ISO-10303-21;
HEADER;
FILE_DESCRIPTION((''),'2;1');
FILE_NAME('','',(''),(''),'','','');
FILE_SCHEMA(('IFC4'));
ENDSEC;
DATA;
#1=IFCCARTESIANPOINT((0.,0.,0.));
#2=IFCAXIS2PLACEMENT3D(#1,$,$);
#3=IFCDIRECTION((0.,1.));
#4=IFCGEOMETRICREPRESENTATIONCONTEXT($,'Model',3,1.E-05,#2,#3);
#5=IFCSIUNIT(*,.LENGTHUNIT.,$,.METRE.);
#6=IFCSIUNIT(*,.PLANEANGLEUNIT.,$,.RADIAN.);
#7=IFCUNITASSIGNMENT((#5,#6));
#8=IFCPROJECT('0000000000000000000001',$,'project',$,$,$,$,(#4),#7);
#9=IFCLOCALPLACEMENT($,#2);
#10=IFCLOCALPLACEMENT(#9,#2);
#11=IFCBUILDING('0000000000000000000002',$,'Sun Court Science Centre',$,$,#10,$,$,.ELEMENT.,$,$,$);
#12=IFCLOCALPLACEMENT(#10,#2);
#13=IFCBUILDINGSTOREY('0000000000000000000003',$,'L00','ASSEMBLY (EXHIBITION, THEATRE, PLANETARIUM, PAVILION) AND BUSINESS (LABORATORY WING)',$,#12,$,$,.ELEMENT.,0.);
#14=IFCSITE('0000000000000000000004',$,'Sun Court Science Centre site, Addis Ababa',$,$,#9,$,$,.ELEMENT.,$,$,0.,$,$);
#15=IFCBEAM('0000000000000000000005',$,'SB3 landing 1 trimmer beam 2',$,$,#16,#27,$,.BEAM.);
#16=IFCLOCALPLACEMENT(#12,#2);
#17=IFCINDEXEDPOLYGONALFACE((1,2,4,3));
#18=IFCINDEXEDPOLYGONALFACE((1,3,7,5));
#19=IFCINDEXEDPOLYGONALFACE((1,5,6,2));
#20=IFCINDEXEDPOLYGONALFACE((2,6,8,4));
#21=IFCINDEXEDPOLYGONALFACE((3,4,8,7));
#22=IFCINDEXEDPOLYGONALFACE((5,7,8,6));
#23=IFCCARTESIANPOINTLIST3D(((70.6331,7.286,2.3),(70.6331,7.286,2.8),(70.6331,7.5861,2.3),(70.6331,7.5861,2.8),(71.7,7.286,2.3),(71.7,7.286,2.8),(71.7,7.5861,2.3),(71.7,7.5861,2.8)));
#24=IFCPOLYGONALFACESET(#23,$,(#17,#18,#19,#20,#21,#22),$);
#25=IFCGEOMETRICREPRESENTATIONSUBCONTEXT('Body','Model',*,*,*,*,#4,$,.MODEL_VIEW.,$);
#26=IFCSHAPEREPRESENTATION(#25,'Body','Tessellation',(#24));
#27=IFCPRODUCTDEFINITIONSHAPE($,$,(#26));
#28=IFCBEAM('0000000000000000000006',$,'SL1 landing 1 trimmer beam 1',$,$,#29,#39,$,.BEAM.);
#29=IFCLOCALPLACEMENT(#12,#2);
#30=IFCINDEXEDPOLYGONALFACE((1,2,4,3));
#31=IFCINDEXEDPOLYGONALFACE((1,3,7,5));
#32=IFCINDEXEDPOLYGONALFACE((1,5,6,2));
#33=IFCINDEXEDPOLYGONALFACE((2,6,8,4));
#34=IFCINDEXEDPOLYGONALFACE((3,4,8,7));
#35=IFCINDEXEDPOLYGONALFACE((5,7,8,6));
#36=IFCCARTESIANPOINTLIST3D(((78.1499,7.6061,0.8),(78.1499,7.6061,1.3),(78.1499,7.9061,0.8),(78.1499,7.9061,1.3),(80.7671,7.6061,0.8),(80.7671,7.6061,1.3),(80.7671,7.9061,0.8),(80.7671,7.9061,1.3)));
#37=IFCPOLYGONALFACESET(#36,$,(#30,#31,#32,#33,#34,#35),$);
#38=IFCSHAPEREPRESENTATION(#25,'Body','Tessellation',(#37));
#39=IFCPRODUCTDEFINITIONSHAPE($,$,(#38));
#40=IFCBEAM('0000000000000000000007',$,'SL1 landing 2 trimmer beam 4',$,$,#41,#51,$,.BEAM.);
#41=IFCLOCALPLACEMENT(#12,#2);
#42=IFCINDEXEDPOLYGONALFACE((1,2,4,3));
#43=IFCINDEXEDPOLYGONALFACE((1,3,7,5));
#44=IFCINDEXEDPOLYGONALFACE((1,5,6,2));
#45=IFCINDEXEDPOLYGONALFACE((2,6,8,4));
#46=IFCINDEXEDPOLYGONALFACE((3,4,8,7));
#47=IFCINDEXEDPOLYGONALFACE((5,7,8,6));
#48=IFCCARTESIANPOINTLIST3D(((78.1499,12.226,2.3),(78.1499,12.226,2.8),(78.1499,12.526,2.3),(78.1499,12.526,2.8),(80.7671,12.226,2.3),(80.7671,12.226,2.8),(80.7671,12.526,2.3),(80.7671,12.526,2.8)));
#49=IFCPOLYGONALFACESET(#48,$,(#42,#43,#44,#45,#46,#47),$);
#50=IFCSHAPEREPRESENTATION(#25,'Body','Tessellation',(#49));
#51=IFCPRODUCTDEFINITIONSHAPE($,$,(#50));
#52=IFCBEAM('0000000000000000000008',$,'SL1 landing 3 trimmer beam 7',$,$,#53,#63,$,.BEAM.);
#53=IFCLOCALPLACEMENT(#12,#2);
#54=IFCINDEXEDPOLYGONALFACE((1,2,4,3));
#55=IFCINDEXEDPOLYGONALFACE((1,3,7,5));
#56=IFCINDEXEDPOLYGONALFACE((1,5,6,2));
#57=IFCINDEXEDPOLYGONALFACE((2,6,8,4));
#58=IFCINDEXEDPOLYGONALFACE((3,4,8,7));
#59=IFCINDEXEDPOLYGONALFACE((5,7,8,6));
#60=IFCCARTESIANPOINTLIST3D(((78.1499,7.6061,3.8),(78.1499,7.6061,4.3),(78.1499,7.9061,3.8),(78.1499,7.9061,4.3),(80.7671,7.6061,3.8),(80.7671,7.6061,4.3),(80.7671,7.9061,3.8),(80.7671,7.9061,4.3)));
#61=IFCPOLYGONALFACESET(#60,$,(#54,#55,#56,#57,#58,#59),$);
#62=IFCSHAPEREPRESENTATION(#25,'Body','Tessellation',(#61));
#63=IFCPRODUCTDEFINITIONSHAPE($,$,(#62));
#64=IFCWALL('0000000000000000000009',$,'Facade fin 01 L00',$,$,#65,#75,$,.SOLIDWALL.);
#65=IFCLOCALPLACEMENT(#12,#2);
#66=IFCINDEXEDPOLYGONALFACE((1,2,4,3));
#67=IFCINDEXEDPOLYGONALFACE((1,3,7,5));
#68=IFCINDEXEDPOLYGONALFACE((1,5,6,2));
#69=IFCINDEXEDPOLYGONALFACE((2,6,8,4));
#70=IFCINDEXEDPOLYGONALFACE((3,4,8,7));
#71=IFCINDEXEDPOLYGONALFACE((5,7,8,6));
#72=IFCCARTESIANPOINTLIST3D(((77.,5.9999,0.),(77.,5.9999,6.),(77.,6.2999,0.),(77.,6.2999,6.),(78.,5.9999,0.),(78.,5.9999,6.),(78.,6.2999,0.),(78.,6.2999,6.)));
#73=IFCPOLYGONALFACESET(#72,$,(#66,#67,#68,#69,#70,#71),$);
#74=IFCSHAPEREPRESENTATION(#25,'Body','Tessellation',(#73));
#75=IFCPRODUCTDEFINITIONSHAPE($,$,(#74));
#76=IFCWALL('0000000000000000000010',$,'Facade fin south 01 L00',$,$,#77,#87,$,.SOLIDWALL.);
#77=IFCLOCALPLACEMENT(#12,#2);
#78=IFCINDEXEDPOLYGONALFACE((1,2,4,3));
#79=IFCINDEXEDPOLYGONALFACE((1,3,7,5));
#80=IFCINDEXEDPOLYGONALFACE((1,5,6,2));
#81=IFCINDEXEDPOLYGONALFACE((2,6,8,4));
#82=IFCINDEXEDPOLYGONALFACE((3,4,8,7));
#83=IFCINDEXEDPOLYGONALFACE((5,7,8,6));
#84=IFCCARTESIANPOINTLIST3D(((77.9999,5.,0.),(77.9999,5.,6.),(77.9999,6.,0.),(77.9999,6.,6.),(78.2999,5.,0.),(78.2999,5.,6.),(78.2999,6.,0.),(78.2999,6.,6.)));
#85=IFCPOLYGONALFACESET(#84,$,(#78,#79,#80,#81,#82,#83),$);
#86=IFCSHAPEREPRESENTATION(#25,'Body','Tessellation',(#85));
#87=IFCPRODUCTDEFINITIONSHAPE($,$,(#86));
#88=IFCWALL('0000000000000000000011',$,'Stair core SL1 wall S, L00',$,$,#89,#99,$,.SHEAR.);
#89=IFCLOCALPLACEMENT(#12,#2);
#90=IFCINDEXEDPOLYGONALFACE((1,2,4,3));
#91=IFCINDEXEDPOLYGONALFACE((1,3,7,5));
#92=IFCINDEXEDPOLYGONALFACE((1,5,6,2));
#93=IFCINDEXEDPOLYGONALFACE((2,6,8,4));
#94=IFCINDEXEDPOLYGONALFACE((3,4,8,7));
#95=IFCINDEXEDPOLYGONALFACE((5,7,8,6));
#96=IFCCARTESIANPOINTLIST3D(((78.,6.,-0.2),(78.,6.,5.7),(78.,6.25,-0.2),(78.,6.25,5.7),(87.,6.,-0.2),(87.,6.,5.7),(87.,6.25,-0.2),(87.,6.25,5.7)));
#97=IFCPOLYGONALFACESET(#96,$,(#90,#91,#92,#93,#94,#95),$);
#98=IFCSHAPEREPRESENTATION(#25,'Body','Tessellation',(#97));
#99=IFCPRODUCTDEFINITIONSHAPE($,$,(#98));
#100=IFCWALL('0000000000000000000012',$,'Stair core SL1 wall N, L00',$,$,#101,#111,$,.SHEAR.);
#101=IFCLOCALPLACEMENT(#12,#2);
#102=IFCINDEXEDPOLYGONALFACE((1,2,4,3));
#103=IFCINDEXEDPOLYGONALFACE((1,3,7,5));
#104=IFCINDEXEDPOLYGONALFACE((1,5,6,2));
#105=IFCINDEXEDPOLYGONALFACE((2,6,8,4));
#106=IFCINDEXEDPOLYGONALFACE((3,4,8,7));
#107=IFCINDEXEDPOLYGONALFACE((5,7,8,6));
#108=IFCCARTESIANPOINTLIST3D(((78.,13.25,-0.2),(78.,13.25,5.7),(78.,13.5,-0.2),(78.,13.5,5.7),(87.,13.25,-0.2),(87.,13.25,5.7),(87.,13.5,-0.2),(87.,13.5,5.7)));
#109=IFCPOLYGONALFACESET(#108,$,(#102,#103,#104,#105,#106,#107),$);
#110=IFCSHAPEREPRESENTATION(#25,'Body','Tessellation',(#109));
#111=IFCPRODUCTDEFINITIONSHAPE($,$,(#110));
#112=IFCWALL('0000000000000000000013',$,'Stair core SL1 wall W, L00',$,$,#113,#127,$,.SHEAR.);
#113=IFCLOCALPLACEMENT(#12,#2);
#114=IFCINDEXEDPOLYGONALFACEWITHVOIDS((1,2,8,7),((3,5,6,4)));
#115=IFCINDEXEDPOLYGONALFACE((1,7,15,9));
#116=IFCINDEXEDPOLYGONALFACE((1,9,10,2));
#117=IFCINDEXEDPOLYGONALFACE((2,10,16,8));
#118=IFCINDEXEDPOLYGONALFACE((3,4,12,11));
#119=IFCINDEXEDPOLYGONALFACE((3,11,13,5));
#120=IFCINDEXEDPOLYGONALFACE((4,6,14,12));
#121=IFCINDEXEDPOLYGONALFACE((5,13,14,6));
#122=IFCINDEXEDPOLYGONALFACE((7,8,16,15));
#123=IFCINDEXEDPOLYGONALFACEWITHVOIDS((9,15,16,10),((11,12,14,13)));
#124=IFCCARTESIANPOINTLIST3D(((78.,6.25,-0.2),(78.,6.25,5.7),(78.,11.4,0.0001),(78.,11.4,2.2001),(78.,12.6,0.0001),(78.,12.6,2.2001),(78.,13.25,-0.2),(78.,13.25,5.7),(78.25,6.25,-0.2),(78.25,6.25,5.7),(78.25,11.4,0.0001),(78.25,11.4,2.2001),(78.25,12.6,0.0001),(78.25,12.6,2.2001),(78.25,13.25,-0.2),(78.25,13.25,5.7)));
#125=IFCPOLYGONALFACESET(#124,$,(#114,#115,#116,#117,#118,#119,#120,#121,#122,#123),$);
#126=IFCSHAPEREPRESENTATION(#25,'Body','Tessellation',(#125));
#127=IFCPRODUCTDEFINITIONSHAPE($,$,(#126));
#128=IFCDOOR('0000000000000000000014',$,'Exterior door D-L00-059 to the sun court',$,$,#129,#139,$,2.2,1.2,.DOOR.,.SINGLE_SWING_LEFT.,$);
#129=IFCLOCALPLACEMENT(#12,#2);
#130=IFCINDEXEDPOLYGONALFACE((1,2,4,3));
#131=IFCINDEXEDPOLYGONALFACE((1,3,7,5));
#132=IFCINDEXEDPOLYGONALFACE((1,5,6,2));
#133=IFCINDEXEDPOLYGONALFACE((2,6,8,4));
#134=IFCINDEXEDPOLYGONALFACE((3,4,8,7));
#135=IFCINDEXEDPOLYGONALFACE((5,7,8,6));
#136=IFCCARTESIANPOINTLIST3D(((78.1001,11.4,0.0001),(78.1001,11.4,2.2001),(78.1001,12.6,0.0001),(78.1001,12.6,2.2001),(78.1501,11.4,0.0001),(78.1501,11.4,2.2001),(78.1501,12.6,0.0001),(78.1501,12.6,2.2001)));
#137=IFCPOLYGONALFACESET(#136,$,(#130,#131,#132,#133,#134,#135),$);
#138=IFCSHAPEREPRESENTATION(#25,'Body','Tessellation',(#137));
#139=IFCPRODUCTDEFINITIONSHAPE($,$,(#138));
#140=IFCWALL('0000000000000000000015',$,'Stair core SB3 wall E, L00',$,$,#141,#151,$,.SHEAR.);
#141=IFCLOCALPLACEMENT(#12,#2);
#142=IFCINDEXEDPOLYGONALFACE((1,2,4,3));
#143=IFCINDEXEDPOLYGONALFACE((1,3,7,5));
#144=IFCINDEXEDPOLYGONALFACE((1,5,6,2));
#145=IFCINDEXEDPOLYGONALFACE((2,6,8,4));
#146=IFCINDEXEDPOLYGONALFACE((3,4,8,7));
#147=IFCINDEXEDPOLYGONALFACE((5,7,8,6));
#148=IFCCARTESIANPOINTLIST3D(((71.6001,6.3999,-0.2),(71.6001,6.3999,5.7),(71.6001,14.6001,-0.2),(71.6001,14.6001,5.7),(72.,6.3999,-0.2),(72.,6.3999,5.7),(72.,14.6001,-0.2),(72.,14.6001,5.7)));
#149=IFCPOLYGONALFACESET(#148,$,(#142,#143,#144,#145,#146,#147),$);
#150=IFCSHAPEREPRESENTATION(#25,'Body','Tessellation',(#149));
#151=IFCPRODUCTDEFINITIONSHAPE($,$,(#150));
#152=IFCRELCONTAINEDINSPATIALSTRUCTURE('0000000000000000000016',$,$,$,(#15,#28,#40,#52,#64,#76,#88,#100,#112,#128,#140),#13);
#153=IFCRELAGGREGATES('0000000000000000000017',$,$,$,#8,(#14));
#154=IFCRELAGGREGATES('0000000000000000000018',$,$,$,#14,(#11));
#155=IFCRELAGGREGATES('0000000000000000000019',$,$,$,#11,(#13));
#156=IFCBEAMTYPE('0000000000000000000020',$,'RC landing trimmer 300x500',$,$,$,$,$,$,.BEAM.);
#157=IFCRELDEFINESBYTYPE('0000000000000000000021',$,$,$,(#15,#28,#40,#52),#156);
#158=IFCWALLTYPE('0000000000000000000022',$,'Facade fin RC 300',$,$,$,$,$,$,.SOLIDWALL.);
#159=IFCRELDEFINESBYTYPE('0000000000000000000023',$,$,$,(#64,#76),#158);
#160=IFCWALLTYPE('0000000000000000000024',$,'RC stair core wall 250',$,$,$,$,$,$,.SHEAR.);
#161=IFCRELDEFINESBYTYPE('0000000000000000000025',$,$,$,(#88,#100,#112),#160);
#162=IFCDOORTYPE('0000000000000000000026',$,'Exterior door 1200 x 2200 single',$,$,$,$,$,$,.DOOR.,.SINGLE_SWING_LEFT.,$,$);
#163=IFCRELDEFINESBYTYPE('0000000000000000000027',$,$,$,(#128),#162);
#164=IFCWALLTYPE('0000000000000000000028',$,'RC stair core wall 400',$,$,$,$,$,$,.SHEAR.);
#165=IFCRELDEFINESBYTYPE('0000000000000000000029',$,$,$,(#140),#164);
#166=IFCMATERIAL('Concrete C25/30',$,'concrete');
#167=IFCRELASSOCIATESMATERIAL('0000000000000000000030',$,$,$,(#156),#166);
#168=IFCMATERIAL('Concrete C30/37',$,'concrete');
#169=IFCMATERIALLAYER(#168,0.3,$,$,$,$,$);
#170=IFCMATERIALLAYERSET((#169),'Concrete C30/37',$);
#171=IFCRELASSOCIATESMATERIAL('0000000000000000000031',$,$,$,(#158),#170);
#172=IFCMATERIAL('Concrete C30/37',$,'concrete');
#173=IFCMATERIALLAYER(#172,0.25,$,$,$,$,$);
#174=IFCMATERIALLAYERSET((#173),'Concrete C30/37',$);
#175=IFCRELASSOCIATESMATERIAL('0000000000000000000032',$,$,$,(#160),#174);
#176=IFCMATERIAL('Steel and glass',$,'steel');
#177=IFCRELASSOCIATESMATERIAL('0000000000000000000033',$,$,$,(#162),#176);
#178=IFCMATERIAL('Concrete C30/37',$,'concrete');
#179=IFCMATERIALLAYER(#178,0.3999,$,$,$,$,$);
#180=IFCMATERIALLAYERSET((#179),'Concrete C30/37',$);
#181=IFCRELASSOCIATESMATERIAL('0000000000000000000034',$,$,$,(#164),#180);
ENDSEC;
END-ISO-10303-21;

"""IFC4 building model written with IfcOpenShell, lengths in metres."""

from ifc_helpers import new_model, si_unit, direction, frame, frame_2d, origin, origin_2d, place, context, subcontext, project, spatial, rectangle, extrude, material, layer, layer_set, material_profile, profile_set, type_object, element, fill, save


model = new_model("IFC4")

# Units and contexts
model_context = context("Model", 3, precision=1e-05, world=origin(), true_north=direction((0.0, 1.0)))
body_context = subcontext(model_context, "Body", "Model", "MODEL_VIEW")
ifc_project = project(units=[si_unit("LENGTHUNIT", "METRE"), si_unit("PLANEANGLEUNIT", "RADIAN")], contexts=[model_context])

# Site, building, storey
site_placement = place(None, origin())
site = spatial("IfcSite", under=ifc_project, at=site_placement, Name="Sun Court Science Centre site, Addis Ababa", CompositionType="ELEMENT", RefElevation=0.0)
building_placement = place(site_placement, origin())
building = spatial("IfcBuilding", under=site, at=building_placement, Name="Sun Court Science Centre", CompositionType="ELEMENT")
storey_placement = place(building_placement, origin())
storey = spatial("IfcBuildingStorey", under=building, at=storey_placement, Name="L00", Description="ASSEMBLY (EXHIBITION, THEATRE, PLANETARIUM, PAVILION) AND BUSINESS (LABORATORY WING)", CompositionType="ELEMENT", Elevation=0.0)

# Beams
ifc_material_1 = material(Name="Concrete C25/30", Category="concrete")
ifc_material_profile = material_profile(ifc_material_1, rectangle(XDim=0.3, YDim=0.5, at=origin_2d()), Name="RC 300x500")
ifc_profile_set = profile_set([ifc_material_profile], Name="Concrete C25/30")
beam_type = type_object("IfcBeamType", Name="RC landing trimmer 300x500", PredefinedType="BEAM", material=ifc_profile_set)
beam_placement = place(storey_placement, frame((71.7, 7.436, 2.55), z_axis=(-1.0, 0.0, 0.0), x_axis=(0.0, -1.0, 0.0)))
element("IfcBeam", 1, at=beam_placement, inside=storey, type_object=beam_type, Name="SB3 landing 1 trimmer beam 2", PredefinedType="BEAM", context=body_context, shape_type="SweptSolid", body=[
    extrude(rectangle(XDim=0.3, YDim=0.5, at=origin_2d()), origin(), (0.0, 0.0, 1.0), 1.0669),
])
for number, where, z_axis, x_axis, name in (
    (2, (78.1499, 7.7561, 1.05), (1.0, 0.0, 0.0), (0.0, 1.0, 0.0), "SL1 landing 1 trimmer beam 1"),
    (3, (78.1499, 12.376, 2.55), (1.0, 0.0, 0.0), (0.0, 1.0, 0.0), "SL1 landing 2 trimmer beam 4"),
    (4, (78.1499, 7.7561, 4.05), (1.0, 0.0, 0.0), (0.0, 1.0, 0.0), "SL1 landing 3 trimmer beam 7"),
):
    element("IfcBeam", number, at=place(storey_placement, frame(where, z_axis=z_axis, x_axis=x_axis)), inside=storey, type_object=beam_type, Name=name, PredefinedType="BEAM", context=body_context, shape_type="SweptSolid", body=[
        extrude(rectangle(XDim=0.3, YDim=0.5, at=origin_2d()), origin(), (0.0, 0.0, 1.0), 2.6172),
    ])

# Walls
ifc_material_2 = material(Name="Concrete C30/37", Category="concrete")
ifc_layer_1 = layer(ifc_material_2, 0.3)
ifc_layer_set_1 = layer_set([ifc_layer_1], Name="Concrete C30/37")
wall_type_1 = type_object("IfcWallType", Name="Facade fin RC 300", PredefinedType="SOLIDWALL", material=ifc_layer_set_1)
for number, where, z_axis, x_axis, name in (
    (5, (77.0, 6.1499, 0.0), (0.0, 0.0, 1.0), (1.0, 0.0, 0.0), "Facade fin 01 L00"),
    (6, (78.1499, 6.0, 0.0), (0.0, 0.0, 1.0), (0.0, -1.0, 0.0), "Facade fin south 01 L00"),
):
    element("IfcWall", number, at=place(storey_placement, frame(where, z_axis=z_axis, x_axis=x_axis)), inside=storey, type_object=wall_type_1, Name=name, PredefinedType="SOLIDWALL", context=body_context, shape_type="SweptSolid", body=[
        extrude(rectangle(XDim=1.0, YDim=0.3, at=frame_2d((0.5, 0.0))), origin(), (0.0, 0.0, 1.0), 6.0),
    ])
ifc_material_3 = material(Name="Concrete C30/37", Category="concrete")
ifc_layer_2 = layer(ifc_material_3, 0.25)
ifc_layer_set_2 = layer_set([ifc_layer_2], Name="Concrete C30/37")
wall_type_2 = type_object("IfcWallType", Name="RC stair core wall 250", PredefinedType="SHEAR", material=ifc_layer_set_2)
for number, where, z_axis, x_axis, name in (
    (7, (78.0, 6.125, -0.2), (0.0, 0.0, 1.0), (1.0, 0.0, 0.0), "Stair core SL1 wall S, L00"),
    (8, (78.0, 13.375, -0.2), (0.0, 0.0, 1.0), (1.0, 0.0, 0.0), "Stair core SL1 wall N, L00"),
):
    element("IfcWall", number, at=place(storey_placement, frame(where, z_axis=z_axis, x_axis=x_axis)), inside=storey, type_object=wall_type_2, Name=name, PredefinedType="SHEAR", context=body_context, shape_type="SweptSolid", body=[
        extrude(rectangle(XDim=9.0, YDim=0.25, at=frame_2d((4.5, 0.0))), origin(), (0.0, 0.0, 1.0), 5.8999),
    ])

# Wall, opening, door
wall_1_placement = place(storey_placement, frame((78.125, 6.25, -0.2), z_axis=(0.0, 0.0, 1.0), x_axis=(0.0, 1.0, 0.0)))
wall_1 = element("IfcWall", 9, at=wall_1_placement, inside=storey, type_object=wall_type_2, Name="Stair core SL1 wall W, L00", PredefinedType="SHEAR", context=body_context, shape_type="SweptSolid", body=[
    extrude(rectangle(XDim=7.0, YDim=0.25, at=frame_2d((3.5, 0.0))), origin(), (0.0, 0.0, 1.0), 5.8999),
])
opening_placement = place(wall_1_placement, frame((5.1499, 0.0, 0.2)))
opening = element("IfcOpeningElement", 10, at=opening_placement, cuts=wall_1, PredefinedType="OPENING", context=body_context, shape_type="SweptSolid", body=[
    extrude(rectangle(XDim=1.2, YDim=2.2, at=frame_2d((0.6001, 1.1001))), frame((0.0, 0.135, 0.0), z_axis=(0.0, -1.0, 0.0), x_axis=(1.0, 0.0, 0.0)), (0.0, 0.0, 1.0), 0.27),
])
ifc_material_4 = material(Name="Steel and glass", Category="steel")
door_type = type_object("IfcDoorType", Name="Exterior door 1200 x 2200 single", OperationType="SINGLE_SWING_LEFT", PredefinedType="DOOR", material=ifc_material_4)
door_placement = place(opening_placement, origin())
door = element("IfcDoor", 11, at=door_placement, inside=storey, type_object=door_type, Name="Exterior door D-L00-059 to the sun court", OperationType="SINGLE_SWING_LEFT", OverallHeight=2.2, OverallWidth=1.2, PredefinedType="DOOR", context=body_context, shape_type="SweptSolid", body=[
    extrude(rectangle(XDim=1.2, YDim=2.2, at=frame_2d((0.6001, 1.1001))), frame((0.0, 0.0249, 0.0), z_axis=(0.0, -1.0, 0.0), x_axis=(1.0, 0.0, 0.0)), (0.0, 0.0, 1.0), 0.05),
])
fill(opening, door)

# Wall
ifc_material_5 = material(Name="Concrete C30/37", Category="concrete")
ifc_layer_3 = layer(ifc_material_5, 0.3999)
ifc_layer_set_3 = layer_set([ifc_layer_3], Name="Concrete C30/37")
wall_type_3 = type_object("IfcWallType", Name="RC stair core wall 400", PredefinedType="SHEAR", material=ifc_layer_set_3)
wall_2_placement = place(storey_placement, frame((71.8, 6.3999, -0.2), z_axis=(0.0, 0.0, 1.0), x_axis=(0.0, 1.0, 0.0)))
element("IfcWall", 12, at=wall_2_placement, inside=storey, type_object=wall_type_3, Name="Stair core SB3 wall E, L00", PredefinedType="SHEAR", context=body_context, shape_type="SweptSolid", body=[
    extrude(rectangle(XDim=8.2002, YDim=0.3999, at=frame_2d((4.1001, 0.0))), origin(), (0.0, 0.0, 1.0), 5.8999),
])

save(model, "model.ifc")
